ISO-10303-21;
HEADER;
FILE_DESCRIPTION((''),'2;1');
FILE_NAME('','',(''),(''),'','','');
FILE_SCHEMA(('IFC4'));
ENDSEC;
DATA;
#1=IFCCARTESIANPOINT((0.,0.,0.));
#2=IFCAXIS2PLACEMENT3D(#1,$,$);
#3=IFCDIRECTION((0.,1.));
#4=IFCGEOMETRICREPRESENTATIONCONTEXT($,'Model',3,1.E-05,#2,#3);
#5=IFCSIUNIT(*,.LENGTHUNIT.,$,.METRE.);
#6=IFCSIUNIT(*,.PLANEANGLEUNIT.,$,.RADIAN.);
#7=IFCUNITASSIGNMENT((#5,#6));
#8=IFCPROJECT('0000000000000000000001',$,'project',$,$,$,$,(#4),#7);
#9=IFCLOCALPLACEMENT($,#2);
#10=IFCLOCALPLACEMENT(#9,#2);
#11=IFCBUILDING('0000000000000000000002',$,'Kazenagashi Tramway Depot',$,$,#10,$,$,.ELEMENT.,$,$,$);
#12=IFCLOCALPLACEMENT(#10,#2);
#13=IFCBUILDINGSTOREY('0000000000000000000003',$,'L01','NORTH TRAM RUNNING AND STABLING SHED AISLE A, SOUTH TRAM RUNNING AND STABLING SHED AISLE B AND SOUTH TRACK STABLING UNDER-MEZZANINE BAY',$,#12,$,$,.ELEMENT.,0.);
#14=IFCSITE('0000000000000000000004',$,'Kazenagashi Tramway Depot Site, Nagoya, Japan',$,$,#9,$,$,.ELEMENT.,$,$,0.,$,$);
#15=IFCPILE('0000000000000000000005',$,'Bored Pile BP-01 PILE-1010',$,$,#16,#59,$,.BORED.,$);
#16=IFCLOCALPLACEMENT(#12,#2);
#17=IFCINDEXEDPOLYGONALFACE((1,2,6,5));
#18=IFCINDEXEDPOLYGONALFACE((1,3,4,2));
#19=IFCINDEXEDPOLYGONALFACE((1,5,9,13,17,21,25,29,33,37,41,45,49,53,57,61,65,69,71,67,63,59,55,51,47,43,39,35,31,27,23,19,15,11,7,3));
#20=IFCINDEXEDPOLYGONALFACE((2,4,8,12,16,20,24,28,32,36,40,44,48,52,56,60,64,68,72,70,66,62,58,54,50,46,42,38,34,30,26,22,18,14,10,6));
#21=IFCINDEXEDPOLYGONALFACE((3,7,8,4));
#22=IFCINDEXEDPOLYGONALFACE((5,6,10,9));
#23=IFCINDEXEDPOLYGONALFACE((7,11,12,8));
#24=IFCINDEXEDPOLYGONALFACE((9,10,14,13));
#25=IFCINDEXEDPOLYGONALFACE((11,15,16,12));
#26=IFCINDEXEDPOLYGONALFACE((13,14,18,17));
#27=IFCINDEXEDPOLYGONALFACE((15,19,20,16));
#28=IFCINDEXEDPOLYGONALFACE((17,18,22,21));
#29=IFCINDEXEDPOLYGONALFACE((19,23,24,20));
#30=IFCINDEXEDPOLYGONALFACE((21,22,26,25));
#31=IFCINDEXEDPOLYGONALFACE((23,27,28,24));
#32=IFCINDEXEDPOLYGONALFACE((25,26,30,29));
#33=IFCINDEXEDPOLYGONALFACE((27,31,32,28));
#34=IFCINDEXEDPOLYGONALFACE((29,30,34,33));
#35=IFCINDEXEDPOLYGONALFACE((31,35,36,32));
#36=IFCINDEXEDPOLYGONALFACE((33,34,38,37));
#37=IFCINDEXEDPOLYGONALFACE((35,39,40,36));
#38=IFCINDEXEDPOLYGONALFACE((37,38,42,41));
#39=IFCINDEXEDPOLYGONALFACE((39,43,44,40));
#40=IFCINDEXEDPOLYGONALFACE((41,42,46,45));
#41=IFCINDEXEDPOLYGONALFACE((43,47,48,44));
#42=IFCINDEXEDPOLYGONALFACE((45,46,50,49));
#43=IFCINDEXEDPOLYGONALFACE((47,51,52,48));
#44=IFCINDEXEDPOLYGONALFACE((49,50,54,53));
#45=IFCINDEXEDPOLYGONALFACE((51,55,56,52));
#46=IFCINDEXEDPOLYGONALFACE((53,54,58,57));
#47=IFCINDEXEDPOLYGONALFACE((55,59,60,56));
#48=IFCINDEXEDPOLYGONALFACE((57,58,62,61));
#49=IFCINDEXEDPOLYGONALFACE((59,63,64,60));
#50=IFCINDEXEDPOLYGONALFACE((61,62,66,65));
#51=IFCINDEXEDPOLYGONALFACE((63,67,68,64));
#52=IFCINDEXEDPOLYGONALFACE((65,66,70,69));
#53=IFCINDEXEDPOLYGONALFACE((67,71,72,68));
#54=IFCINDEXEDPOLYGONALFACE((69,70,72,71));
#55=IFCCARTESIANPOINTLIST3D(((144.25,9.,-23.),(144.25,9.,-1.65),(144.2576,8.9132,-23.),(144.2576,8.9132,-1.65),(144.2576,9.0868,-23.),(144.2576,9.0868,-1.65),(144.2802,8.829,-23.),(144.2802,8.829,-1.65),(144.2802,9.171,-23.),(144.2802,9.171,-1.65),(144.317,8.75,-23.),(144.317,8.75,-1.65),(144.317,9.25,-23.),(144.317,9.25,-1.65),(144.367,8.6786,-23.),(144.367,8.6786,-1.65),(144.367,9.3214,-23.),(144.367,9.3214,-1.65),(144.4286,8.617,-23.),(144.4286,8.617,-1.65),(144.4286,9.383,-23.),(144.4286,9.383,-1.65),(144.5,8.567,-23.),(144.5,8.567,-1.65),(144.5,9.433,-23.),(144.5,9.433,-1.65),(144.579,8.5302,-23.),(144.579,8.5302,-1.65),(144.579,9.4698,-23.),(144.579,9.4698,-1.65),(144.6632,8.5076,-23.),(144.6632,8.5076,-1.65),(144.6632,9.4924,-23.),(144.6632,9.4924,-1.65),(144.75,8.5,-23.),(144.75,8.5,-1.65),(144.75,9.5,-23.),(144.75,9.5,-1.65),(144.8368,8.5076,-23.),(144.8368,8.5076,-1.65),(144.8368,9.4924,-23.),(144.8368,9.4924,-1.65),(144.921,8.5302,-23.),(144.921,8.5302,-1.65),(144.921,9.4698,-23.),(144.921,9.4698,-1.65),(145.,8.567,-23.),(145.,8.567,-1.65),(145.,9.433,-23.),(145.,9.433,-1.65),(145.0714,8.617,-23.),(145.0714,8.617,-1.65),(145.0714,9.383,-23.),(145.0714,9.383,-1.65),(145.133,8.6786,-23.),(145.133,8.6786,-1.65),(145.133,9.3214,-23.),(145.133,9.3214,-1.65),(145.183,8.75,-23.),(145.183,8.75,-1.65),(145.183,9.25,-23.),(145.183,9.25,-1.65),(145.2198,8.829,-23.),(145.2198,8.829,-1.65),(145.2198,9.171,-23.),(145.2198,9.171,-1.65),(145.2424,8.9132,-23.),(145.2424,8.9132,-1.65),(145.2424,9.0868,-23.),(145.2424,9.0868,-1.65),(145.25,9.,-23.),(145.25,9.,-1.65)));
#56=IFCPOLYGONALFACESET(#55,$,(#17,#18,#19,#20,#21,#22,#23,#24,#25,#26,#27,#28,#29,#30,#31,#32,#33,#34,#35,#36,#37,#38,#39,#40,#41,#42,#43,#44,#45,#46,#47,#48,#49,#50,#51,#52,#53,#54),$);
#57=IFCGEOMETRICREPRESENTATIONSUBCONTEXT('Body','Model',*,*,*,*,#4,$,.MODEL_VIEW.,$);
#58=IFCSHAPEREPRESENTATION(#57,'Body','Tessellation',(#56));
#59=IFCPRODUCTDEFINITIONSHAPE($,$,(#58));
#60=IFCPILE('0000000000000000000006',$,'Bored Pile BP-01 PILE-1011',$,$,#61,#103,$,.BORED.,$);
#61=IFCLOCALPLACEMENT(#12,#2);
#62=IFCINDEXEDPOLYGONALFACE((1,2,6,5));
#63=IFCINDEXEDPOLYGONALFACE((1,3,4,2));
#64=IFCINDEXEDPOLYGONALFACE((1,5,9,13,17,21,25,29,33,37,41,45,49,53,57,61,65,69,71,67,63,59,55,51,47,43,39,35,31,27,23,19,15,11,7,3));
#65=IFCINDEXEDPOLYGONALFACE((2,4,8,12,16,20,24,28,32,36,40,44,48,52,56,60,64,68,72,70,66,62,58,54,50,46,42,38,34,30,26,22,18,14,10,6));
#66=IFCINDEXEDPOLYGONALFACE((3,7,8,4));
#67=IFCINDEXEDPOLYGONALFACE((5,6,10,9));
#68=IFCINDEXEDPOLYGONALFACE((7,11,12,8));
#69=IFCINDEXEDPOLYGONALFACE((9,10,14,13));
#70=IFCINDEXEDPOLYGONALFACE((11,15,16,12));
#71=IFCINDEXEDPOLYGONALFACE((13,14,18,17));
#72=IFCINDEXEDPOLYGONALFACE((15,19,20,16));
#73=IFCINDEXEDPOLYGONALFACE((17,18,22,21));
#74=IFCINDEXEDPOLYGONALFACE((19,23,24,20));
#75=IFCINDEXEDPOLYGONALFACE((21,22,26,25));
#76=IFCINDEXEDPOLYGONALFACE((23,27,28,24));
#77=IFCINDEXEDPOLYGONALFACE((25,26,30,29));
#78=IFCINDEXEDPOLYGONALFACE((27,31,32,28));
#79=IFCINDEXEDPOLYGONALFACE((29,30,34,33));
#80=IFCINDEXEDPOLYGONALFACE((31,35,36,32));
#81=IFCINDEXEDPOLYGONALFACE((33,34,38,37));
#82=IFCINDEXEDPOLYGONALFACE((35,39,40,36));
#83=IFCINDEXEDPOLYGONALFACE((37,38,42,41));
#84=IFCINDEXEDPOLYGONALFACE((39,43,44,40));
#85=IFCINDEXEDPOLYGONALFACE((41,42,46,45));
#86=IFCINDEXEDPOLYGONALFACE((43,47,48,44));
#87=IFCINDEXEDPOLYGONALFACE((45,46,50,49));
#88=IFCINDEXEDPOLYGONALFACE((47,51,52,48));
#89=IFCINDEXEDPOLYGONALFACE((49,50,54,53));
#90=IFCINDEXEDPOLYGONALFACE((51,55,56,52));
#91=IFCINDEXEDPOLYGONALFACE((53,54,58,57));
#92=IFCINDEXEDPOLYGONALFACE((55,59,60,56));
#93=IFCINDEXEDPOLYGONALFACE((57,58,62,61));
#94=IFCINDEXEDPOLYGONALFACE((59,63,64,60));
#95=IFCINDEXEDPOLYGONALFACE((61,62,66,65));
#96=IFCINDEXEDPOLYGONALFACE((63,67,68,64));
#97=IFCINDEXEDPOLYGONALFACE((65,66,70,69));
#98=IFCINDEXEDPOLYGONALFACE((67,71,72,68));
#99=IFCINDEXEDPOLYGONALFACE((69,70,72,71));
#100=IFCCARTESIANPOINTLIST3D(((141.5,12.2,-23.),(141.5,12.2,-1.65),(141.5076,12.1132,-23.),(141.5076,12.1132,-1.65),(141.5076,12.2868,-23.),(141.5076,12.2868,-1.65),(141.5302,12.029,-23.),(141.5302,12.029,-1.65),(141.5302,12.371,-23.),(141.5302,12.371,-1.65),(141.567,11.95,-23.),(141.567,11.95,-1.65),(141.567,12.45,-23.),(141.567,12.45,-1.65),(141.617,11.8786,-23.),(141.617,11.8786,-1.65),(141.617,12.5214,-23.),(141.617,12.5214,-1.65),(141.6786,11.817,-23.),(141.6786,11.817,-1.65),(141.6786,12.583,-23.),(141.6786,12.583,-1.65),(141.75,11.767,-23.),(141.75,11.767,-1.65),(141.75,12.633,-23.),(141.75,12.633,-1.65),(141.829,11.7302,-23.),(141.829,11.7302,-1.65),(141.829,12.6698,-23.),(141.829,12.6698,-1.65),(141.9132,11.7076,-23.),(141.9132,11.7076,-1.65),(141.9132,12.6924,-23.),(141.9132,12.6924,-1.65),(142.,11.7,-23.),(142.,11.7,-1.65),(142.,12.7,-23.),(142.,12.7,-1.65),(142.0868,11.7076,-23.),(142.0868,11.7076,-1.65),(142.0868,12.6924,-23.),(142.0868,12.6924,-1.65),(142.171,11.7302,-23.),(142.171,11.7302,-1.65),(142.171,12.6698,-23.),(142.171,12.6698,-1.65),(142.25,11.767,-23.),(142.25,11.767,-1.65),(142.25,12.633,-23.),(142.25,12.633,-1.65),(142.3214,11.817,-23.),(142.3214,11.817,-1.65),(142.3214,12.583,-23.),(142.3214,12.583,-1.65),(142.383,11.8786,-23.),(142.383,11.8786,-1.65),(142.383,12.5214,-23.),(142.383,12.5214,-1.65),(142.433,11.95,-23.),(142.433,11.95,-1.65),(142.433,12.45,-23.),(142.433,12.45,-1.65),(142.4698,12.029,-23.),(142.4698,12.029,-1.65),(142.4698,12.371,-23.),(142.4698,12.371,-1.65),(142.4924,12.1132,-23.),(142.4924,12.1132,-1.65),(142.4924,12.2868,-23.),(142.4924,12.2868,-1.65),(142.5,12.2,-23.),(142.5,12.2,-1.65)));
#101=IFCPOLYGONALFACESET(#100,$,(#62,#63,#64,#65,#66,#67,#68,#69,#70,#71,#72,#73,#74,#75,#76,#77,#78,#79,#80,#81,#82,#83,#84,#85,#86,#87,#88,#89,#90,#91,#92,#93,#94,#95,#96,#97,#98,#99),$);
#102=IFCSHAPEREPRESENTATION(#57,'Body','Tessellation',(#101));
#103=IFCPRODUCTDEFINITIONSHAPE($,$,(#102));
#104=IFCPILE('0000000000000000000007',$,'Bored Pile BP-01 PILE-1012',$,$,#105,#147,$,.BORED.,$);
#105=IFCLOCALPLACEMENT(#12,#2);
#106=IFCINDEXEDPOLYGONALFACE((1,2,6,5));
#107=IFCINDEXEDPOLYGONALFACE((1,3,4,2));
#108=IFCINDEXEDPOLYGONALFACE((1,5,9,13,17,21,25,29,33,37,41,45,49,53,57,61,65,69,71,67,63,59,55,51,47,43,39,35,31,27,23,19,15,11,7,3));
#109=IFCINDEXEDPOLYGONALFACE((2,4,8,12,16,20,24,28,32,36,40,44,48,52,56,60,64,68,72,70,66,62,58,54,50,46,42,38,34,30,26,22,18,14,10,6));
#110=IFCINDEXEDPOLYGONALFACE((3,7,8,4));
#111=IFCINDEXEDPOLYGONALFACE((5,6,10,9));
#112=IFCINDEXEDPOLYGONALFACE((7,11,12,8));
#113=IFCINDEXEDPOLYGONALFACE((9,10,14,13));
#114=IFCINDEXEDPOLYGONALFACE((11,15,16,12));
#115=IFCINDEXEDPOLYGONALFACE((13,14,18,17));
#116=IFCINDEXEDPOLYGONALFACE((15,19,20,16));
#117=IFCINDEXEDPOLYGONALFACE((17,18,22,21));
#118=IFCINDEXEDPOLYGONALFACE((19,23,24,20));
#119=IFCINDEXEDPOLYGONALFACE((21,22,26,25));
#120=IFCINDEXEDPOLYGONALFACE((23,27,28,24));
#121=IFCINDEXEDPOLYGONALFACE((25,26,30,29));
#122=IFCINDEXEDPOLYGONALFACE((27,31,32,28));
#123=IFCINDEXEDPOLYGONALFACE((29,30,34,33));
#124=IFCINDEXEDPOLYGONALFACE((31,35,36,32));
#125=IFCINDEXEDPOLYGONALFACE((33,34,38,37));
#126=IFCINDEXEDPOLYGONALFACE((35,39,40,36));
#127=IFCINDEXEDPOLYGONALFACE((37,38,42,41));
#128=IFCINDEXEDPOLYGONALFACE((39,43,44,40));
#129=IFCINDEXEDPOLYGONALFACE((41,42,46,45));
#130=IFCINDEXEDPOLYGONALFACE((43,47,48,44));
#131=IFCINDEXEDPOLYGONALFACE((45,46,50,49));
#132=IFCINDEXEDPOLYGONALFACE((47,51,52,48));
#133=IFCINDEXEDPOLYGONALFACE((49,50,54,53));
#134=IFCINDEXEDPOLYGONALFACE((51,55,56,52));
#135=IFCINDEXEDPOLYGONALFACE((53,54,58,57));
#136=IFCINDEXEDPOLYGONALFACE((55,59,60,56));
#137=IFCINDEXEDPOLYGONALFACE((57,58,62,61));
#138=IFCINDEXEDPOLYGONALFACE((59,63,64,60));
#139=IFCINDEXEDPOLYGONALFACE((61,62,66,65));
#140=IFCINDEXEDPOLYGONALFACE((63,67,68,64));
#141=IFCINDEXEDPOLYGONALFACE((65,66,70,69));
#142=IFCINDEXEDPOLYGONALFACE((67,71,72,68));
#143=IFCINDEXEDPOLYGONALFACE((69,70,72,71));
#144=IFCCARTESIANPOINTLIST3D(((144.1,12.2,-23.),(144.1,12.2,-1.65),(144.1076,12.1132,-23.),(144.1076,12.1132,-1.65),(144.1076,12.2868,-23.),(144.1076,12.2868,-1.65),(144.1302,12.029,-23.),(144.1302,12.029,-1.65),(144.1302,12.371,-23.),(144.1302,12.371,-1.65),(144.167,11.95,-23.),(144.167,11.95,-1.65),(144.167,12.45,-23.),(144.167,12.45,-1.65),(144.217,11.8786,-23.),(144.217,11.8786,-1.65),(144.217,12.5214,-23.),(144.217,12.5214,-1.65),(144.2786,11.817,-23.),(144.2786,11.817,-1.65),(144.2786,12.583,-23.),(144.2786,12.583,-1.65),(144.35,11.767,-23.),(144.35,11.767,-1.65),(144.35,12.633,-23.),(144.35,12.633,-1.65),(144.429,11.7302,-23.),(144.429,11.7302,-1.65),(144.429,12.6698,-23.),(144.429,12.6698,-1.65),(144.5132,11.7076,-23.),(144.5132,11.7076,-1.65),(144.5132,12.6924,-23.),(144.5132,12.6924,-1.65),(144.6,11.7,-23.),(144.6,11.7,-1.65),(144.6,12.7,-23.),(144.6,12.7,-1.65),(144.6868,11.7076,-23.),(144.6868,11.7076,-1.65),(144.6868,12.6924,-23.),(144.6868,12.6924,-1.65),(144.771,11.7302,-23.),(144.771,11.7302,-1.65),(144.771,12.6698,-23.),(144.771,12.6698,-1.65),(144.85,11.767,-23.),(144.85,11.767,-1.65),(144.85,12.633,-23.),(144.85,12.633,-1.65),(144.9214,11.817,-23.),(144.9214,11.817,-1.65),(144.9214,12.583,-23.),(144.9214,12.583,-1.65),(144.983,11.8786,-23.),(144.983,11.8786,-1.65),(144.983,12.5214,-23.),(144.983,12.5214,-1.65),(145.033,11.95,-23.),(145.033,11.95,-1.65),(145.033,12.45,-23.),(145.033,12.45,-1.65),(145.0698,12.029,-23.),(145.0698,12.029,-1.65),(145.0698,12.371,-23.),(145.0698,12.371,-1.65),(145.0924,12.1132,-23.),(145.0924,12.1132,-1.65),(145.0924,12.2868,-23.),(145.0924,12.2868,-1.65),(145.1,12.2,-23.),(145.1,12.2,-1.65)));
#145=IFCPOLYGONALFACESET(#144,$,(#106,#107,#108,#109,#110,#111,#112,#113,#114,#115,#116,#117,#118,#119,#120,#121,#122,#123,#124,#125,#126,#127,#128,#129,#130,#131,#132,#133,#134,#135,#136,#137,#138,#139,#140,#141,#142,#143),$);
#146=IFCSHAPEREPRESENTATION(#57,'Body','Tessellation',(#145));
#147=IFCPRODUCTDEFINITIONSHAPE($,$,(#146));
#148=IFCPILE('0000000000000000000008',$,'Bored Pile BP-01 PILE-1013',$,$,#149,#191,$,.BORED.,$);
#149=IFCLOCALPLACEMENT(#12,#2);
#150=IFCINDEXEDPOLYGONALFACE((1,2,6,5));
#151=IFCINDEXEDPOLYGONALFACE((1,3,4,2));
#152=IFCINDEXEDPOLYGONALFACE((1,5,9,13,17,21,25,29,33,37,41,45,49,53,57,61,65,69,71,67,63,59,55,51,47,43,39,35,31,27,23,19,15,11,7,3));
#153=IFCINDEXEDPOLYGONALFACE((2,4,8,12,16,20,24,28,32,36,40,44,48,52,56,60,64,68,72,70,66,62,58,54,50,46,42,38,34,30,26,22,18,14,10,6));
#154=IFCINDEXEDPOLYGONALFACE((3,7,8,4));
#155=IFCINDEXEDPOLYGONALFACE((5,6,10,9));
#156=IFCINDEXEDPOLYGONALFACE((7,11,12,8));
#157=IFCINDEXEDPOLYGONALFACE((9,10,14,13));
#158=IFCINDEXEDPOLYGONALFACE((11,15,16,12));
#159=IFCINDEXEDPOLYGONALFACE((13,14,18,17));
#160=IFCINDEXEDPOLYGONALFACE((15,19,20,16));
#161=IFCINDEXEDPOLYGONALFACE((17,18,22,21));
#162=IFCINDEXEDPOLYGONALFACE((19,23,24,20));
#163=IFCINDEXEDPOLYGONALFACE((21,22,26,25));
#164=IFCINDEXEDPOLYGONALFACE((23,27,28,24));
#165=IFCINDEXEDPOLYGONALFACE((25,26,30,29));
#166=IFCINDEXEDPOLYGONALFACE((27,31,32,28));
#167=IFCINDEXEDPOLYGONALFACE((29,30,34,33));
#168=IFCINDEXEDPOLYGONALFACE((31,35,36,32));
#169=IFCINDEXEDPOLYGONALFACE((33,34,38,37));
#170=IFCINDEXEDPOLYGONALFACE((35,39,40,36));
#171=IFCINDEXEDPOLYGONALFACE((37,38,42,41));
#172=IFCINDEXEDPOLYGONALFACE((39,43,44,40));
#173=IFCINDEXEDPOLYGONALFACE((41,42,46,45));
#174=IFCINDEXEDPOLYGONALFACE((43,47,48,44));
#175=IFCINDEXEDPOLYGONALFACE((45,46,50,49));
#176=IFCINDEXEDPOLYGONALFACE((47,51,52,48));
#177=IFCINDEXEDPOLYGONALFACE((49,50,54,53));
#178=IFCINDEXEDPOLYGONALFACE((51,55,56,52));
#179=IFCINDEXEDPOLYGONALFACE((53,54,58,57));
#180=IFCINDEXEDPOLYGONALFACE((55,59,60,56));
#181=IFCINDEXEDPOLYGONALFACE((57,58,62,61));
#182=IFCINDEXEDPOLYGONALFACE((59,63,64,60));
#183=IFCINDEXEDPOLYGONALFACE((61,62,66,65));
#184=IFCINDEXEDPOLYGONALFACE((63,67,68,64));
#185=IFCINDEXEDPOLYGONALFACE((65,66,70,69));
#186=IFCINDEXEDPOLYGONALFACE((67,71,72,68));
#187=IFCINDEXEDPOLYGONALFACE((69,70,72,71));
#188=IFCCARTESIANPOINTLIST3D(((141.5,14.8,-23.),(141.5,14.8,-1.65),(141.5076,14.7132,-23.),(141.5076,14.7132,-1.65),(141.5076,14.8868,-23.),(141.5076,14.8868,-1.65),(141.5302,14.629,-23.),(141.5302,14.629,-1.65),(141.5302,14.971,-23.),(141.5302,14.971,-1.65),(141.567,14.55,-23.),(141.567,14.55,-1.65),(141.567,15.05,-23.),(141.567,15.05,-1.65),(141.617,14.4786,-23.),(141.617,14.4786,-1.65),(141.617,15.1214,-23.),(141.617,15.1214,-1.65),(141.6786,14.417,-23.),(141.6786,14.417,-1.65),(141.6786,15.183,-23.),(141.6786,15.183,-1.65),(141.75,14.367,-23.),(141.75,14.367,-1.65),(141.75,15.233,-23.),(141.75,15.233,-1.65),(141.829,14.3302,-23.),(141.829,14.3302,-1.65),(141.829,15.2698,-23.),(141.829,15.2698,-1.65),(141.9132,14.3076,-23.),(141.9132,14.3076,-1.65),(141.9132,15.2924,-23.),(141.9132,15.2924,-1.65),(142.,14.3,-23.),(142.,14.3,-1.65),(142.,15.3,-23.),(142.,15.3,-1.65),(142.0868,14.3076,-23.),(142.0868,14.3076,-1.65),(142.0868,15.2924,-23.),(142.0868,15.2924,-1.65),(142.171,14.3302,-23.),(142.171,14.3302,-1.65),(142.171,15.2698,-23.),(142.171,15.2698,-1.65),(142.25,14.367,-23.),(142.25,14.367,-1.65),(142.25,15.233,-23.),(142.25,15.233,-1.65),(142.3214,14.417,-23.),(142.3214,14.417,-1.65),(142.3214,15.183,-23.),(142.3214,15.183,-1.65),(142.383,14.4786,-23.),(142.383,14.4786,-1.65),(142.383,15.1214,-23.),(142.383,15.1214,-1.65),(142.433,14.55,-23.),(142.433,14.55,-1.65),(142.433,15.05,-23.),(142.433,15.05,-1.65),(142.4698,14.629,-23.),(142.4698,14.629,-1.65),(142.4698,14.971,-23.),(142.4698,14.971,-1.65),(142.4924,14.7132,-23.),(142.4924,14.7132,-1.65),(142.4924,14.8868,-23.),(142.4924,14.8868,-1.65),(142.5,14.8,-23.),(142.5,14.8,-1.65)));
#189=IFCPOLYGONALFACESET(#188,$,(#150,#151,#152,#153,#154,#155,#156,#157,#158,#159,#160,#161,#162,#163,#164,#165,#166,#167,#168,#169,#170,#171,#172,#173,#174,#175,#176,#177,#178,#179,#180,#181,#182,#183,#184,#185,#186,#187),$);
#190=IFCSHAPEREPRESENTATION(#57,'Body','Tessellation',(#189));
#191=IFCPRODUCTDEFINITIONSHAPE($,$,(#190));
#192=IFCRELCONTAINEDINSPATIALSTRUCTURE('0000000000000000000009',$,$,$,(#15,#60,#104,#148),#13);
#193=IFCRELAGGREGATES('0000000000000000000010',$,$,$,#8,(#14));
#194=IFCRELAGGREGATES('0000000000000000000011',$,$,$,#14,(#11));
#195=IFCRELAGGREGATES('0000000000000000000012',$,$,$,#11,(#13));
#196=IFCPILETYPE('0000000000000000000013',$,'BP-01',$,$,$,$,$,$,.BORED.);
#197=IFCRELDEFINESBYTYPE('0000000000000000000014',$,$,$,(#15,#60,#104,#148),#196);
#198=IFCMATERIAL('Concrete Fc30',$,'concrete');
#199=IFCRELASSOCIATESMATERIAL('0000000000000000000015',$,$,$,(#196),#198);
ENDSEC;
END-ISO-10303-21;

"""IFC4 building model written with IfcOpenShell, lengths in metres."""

from ifc_helpers import new_model, si_unit, direction, frame, origin, origin_2d, place, context, subcontext, project, spatial, circle, extrude, material, material_profile, profile_set, type_object, element, save


model = new_model("IFC4")

# Units and contexts
model_context = context("Model", 3, precision=1e-05, world=origin(), true_north=direction((0.0, 1.0)))
body_context = subcontext(model_context, "Body", "Model", "MODEL_VIEW")
ifc_project = project(units=[si_unit("LENGTHUNIT", "METRE"), si_unit("PLANEANGLEUNIT", "RADIAN")], contexts=[model_context])

# Site, building, storey
site_placement = place(None, origin())
site = spatial("IfcSite", under=ifc_project, at=site_placement, Name="Kazenagashi Tramway Depot Site, Nagoya, Japan", CompositionType="ELEMENT", RefElevation=0.0)
building_placement = place(site_placement, origin())
building = spatial("IfcBuilding", under=site, at=building_placement, Name="Kazenagashi Tramway Depot", CompositionType="ELEMENT")
storey_placement = place(building_placement, origin())
storey = spatial("IfcBuildingStorey", under=building, at=storey_placement, Name="L01", Description="NORTH TRAM RUNNING AND STABLING SHED AISLE A, SOUTH TRAM RUNNING AND STABLING SHED AISLE B AND SOUTH TRACK STABLING UNDER-MEZZANINE BAY", CompositionType="ELEMENT", Elevation=0.0)

# Piles
ifc_material_1 = material(Name="Concrete Fc30", Category="concrete")
ifc_material_profile_1 = material_profile(ifc_material_1, circle(Radius=0.5, at=origin_2d()), Name="PILE-1000")
ifc_profile_set_1 = profile_set([ifc_material_profile_1], Name="Concrete Fc30")
pile_type = type_object("IfcPileType", Name="BP-01", PredefinedType="BORED", material=ifc_profile_set_1)
for number, where, z_axis, x_axis, name in (
    (1, (144.75, 9.0, -1.65), (0.0, 0.0, -1.0), (1.0, 0.0, 0.0), "Bored Pile BP-01 PILE-1010"),
    (2, (142.0, 12.2, -1.65), (0.0, 0.0, -1.0), (1.0, 0.0, 0.0), "Bored Pile BP-01 PILE-1011"),
    (3, (144.6, 12.2, -1.65), (0.0, 0.0, -1.0), (1.0, 0.0, 0.0), "Bored Pile BP-01 PILE-1012"),
    (4, (142.0, 14.8, -1.65), (0.0, 0.0, -1.0), (1.0, 0.0, 0.0), "Bored Pile BP-01 PILE-1013"),
):
    element("IfcPile", number, at=place(storey_placement, frame(where, z_axis=z_axis, x_axis=x_axis)), inside=storey, type_object=pile_type, Name=name, PredefinedType="BORED", context=body_context, shape_type="SweptSolid", body=[
        extrude(circle(Radius=0.5, at=origin_2d()), origin(), (0.0, 0.0, 1.0), 21.35),
    ])

save(model, "model.ifc")
